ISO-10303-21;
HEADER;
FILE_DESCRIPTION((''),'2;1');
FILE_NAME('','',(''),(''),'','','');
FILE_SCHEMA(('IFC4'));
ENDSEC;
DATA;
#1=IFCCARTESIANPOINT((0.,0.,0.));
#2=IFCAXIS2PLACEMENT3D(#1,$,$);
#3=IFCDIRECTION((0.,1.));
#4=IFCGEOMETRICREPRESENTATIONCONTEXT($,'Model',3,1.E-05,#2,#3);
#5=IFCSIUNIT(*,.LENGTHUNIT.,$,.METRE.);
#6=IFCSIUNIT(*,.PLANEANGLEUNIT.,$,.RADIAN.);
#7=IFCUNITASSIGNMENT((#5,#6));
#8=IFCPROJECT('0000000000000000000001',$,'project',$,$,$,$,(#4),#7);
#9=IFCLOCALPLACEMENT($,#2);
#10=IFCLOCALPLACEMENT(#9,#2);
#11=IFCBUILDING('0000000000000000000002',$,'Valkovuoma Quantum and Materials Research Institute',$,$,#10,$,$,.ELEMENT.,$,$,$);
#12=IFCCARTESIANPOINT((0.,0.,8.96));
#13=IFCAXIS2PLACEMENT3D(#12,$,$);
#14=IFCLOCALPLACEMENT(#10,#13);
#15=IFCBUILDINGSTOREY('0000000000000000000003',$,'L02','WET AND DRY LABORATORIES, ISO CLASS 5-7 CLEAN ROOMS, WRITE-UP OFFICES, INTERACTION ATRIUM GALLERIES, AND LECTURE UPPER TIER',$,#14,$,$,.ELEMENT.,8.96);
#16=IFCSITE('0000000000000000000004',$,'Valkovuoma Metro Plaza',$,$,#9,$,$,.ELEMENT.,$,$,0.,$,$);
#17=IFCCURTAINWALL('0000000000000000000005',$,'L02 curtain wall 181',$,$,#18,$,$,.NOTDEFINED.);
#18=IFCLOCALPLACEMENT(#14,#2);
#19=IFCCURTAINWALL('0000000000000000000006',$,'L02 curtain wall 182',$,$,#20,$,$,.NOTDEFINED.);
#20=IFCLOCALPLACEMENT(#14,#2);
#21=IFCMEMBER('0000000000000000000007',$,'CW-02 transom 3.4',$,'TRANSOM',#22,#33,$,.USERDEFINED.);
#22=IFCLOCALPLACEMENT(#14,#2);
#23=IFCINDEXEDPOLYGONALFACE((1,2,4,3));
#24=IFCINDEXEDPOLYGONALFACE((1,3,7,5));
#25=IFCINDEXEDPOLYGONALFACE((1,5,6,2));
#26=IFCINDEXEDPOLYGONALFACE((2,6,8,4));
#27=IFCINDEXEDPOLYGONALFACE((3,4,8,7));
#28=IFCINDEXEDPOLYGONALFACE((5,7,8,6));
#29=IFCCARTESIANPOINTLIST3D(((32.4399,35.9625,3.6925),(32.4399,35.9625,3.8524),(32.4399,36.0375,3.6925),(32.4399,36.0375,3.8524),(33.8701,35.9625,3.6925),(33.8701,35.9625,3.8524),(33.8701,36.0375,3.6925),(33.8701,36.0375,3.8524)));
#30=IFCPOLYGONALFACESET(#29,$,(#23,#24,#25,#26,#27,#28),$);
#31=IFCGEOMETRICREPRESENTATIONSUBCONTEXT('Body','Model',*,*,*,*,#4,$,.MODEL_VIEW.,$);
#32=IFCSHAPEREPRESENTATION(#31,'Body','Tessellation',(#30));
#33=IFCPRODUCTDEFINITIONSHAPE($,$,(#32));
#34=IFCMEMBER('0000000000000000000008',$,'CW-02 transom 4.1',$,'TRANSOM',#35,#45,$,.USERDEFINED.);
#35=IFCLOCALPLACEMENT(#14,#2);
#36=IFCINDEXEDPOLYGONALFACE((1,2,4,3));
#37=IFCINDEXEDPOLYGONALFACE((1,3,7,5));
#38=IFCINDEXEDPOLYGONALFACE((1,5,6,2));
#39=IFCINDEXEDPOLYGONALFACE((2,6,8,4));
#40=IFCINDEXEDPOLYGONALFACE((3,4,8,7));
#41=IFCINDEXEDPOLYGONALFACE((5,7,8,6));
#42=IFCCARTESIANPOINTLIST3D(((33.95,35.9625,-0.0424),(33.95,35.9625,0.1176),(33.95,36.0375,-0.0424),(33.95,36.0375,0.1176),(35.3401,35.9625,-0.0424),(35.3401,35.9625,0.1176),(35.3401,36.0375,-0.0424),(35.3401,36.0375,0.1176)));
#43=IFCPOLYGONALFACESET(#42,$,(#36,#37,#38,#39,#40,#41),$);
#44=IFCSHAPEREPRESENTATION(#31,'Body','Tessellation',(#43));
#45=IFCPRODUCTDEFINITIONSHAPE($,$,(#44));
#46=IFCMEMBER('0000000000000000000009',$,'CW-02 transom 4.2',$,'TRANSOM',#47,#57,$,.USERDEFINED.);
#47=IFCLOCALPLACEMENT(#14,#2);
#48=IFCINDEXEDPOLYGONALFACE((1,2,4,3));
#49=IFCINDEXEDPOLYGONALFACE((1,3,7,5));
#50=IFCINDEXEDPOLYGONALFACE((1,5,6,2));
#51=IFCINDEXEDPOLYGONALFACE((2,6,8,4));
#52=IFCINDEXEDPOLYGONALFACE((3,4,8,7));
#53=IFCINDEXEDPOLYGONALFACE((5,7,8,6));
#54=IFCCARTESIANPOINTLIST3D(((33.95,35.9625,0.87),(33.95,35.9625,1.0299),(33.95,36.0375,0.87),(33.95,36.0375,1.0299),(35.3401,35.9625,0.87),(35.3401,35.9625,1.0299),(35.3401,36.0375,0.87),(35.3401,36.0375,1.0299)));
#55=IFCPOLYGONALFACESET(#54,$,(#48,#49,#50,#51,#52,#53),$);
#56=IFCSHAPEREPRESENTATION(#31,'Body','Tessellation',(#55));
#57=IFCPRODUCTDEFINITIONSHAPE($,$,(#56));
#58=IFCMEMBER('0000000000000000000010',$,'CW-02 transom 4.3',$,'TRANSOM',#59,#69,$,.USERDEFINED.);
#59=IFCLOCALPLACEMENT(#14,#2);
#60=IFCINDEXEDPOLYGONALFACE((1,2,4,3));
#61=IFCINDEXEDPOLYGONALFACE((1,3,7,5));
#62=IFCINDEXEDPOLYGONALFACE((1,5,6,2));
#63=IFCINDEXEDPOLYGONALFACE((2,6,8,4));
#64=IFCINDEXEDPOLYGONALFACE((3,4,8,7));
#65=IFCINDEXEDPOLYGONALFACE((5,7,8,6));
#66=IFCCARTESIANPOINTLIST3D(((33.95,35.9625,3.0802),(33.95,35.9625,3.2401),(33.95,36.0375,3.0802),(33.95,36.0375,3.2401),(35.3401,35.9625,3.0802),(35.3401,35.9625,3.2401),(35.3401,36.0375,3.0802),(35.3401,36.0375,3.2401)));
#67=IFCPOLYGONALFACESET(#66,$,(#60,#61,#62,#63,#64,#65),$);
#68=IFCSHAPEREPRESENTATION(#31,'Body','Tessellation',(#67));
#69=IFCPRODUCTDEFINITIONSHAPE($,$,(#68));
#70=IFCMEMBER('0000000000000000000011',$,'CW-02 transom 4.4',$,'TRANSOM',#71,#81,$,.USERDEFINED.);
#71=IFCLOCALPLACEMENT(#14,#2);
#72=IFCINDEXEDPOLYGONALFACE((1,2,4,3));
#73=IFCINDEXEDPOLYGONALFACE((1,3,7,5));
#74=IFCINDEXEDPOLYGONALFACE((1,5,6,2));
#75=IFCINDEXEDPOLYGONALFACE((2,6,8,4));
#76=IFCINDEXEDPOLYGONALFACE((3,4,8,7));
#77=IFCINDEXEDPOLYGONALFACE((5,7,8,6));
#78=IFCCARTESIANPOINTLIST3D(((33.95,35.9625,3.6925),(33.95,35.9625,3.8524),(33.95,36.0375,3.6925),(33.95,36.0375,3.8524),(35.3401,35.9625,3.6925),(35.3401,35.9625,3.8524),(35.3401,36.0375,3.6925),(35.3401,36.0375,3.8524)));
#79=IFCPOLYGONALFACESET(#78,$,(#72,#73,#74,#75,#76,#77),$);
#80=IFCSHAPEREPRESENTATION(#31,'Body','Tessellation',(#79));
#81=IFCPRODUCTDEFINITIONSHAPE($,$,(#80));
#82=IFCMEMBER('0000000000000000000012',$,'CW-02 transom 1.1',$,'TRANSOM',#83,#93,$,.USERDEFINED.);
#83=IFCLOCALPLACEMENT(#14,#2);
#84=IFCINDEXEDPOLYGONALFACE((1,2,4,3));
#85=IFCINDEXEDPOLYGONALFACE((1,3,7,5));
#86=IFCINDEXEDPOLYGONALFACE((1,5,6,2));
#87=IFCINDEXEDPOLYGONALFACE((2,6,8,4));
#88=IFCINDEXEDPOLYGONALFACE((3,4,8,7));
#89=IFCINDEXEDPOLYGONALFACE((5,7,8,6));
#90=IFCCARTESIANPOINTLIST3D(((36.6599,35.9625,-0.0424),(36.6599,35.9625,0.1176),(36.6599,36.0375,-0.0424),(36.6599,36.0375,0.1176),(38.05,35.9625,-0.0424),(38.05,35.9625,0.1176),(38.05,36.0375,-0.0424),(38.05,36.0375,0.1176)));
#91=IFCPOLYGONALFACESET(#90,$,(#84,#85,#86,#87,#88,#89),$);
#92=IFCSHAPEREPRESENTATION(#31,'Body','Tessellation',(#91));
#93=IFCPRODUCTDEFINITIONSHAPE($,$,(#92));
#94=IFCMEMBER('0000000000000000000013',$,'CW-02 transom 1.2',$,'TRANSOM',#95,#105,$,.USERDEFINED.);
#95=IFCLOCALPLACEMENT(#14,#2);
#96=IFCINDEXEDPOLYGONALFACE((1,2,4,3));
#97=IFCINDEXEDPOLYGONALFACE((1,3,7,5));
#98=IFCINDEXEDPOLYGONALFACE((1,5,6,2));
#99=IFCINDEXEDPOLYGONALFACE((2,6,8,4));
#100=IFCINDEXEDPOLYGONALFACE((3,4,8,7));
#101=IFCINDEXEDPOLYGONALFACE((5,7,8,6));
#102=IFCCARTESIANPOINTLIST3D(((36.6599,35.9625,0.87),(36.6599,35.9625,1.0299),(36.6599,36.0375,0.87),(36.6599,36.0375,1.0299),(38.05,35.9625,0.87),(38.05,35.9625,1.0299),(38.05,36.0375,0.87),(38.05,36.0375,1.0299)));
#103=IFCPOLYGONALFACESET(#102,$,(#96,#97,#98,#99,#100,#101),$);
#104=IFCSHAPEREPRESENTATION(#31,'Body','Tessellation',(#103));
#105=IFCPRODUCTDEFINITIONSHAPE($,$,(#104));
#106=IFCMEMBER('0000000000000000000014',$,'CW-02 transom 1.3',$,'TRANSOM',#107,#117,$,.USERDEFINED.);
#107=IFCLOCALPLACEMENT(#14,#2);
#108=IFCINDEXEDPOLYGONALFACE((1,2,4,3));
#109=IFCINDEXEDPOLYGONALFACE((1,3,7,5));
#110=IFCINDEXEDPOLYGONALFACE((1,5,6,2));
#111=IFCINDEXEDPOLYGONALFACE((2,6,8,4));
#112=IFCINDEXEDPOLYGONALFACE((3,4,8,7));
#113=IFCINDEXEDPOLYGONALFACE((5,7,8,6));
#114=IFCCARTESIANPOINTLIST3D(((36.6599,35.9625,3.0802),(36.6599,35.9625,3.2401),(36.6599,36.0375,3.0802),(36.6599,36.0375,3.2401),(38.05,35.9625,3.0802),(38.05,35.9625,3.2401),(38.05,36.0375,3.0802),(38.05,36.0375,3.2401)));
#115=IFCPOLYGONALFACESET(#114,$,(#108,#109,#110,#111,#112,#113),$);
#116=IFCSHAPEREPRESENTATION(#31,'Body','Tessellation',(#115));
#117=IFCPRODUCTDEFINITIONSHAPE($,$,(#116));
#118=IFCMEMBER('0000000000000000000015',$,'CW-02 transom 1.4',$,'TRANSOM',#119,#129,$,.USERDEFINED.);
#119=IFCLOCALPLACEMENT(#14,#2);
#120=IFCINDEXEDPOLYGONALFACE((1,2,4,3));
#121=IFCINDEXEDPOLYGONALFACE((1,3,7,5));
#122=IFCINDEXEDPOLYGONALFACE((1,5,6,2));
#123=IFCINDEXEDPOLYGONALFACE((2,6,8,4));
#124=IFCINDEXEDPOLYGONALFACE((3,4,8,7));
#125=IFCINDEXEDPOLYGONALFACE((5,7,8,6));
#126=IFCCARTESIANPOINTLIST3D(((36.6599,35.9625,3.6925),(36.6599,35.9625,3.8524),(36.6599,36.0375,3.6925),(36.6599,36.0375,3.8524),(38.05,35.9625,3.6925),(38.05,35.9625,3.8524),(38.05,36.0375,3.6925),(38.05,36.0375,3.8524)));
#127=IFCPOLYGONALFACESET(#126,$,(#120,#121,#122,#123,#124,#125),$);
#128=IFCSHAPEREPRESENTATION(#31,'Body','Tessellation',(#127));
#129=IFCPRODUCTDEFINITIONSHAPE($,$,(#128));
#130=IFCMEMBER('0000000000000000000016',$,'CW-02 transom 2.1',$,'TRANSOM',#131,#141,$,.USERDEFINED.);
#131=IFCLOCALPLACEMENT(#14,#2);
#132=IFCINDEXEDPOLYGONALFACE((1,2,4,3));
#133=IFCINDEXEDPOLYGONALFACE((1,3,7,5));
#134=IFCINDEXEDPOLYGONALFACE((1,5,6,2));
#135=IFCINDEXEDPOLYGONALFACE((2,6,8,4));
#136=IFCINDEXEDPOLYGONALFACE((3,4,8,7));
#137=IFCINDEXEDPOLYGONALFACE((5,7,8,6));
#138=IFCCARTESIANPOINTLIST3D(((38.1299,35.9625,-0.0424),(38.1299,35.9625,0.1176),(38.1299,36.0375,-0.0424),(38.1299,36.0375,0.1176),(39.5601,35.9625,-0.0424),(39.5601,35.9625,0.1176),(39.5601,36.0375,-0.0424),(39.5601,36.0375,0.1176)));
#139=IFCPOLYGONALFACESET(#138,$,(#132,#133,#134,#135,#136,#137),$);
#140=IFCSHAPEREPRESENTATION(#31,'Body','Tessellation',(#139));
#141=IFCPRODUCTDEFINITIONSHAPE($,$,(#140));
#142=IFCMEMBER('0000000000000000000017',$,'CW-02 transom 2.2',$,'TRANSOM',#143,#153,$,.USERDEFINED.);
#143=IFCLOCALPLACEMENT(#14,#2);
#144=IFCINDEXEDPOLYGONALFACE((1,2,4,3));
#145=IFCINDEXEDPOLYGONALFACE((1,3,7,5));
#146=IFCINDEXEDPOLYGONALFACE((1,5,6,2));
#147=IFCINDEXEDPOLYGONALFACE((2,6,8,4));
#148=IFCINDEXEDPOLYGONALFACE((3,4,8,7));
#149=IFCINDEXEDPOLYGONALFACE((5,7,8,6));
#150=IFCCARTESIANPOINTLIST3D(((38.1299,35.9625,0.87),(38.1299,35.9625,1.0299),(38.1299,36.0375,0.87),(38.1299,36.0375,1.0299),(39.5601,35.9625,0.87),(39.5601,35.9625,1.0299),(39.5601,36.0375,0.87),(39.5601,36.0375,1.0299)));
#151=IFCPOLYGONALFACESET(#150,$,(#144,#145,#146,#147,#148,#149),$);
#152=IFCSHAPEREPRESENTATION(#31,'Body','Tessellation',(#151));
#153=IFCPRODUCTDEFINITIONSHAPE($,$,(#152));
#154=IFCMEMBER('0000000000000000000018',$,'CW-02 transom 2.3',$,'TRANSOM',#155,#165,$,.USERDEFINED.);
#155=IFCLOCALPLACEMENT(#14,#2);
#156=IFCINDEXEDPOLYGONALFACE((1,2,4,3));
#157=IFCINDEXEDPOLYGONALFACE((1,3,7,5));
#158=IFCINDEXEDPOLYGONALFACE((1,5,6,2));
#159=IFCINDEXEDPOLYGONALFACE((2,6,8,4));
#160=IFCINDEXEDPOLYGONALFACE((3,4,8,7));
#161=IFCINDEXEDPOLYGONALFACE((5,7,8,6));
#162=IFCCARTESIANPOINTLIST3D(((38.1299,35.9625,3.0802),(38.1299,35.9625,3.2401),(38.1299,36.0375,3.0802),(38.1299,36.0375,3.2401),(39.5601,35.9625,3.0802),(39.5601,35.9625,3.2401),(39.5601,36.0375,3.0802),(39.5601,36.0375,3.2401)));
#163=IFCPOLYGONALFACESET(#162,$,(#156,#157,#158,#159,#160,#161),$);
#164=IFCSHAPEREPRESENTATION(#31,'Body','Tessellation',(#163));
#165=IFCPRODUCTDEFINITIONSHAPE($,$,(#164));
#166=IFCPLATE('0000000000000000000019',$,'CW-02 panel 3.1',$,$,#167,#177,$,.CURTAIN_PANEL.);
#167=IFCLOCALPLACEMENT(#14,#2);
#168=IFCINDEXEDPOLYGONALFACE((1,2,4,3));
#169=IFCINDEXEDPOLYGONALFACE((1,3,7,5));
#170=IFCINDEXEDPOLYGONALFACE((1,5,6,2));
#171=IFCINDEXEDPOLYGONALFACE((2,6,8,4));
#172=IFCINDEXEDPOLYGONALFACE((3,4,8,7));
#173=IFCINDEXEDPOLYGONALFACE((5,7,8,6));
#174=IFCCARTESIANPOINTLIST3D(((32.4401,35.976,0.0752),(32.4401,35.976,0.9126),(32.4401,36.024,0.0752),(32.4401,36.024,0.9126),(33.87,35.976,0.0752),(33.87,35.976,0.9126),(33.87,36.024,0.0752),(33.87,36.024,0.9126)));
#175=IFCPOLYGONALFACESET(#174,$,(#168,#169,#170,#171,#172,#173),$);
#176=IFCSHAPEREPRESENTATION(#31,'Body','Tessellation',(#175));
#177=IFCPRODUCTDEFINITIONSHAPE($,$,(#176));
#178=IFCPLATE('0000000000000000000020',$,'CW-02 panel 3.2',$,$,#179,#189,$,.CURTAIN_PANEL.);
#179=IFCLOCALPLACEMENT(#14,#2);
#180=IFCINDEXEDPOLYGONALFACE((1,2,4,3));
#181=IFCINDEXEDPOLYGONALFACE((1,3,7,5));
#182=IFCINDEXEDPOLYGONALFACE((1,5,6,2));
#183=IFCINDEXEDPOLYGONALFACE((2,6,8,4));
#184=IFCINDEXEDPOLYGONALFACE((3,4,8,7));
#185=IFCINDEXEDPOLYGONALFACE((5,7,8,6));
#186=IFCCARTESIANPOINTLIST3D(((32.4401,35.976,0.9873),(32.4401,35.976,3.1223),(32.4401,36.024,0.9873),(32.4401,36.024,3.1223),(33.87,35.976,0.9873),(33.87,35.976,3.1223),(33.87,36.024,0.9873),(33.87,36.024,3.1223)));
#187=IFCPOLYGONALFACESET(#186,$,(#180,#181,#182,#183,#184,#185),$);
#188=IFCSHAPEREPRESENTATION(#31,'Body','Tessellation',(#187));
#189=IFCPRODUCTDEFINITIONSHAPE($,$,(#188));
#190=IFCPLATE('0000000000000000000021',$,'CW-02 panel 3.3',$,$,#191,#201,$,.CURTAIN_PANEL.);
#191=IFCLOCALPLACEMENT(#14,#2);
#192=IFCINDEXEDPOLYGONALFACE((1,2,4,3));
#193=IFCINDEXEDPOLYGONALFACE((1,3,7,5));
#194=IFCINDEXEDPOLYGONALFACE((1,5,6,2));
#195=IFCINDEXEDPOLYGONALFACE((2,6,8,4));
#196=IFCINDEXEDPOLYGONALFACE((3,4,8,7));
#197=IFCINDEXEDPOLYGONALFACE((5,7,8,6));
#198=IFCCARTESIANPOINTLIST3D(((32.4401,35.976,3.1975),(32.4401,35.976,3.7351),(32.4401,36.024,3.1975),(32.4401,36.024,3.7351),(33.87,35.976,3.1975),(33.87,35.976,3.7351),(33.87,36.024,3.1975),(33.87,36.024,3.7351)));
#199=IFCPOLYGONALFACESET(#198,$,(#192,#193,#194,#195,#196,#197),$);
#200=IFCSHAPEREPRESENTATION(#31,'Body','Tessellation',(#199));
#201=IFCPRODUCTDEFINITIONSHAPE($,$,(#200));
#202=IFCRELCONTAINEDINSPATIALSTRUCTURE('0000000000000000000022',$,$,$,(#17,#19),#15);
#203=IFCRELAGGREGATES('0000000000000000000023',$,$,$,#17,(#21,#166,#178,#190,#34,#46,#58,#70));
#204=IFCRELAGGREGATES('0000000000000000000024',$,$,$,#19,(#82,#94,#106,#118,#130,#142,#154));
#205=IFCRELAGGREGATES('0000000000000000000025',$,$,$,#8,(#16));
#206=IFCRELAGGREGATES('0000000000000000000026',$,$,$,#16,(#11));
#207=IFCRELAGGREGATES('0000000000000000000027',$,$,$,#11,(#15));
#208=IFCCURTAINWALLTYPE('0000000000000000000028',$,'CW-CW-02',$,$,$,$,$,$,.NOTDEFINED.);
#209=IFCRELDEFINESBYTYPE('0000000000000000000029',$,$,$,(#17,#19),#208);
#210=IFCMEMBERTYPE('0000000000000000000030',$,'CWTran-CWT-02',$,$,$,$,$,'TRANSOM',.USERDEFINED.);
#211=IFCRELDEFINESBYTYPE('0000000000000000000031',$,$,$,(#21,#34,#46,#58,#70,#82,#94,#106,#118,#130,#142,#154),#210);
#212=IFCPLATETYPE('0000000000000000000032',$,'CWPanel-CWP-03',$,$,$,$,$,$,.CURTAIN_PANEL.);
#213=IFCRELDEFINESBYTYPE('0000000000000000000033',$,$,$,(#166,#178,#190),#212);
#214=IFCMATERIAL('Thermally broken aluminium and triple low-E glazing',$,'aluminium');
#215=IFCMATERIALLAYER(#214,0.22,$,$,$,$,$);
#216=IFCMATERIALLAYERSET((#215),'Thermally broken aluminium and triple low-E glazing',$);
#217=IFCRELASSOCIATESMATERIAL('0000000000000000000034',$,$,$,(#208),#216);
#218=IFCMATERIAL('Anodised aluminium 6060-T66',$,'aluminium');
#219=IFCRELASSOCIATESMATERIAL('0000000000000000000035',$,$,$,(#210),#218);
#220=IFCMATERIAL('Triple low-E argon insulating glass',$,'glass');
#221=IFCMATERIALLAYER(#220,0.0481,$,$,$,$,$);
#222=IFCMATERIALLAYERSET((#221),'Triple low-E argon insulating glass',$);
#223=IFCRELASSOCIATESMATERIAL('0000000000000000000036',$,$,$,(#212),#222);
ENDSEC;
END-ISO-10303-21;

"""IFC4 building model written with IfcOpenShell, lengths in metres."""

from ifc_helpers import new_model, si_unit, direction, frame, origin, origin_2d, place, context, subcontext, project, spatial, rectangle, extrude, material, layer, layer_set, material_profile, profile_set, type_object, element, aggregate, save


model = new_model("IFC4")

# Units and contexts
model_context = context("Model", 3, precision=1e-05, world=origin(), true_north=direction((0.0, 1.0)))
body_context = subcontext(model_context, "Body", "Model", "MODEL_VIEW")
ifc_project = project(units=[si_unit("LENGTHUNIT", "METRE"), si_unit("PLANEANGLEUNIT", "RADIAN")], contexts=[model_context])

# Site, building, storey
site_placement = place(None, origin())
site = spatial("IfcSite", under=ifc_project, at=site_placement, Name="Valkovuoma Metro Plaza", CompositionType="ELEMENT", RefElevation=0.0)
building_placement = place(site_placement, origin())
building = spatial("IfcBuilding", under=site, at=building_placement, Name="Valkovuoma Quantum and Materials Research Institute", CompositionType="ELEMENT")
storey_placement = place(building_placement, frame((0.0, 0.0, 8.96)))
storey = spatial("IfcBuildingStorey", under=building, at=storey_placement, Name="L02", Description="WET AND DRY LABORATORIES, ISO CLASS 5-7 CLEAN ROOMS, WRITE-UP OFFICES, INTERACTION ATRIUM GALLERIES, AND LECTURE UPPER TIER", CompositionType="ELEMENT", Elevation=8.96)

# Curtain walls
ifc_material_1 = material(Name="Thermally broken aluminium and triple low-E glazing", Category="aluminium")
ifc_layer_1 = layer(ifc_material_1, 0.22)
ifc_layer_set_1 = layer_set([ifc_layer_1], Name="Thermally broken aluminium and triple low-E glazing")
curtain_wall_type = type_object("IfcCurtainWallType", Name="CW-CW-02", PredefinedType="NOTDEFINED", material=ifc_layer_set_1)
curtain_wall_1_placement = place(storey_placement, origin())
curtain_wall_1 = element("IfcCurtainWall", 1, at=curtain_wall_1_placement, inside=storey, type_object=curtain_wall_type, Name="L02 curtain wall 181", PredefinedType="NOTDEFINED")
curtain_wall_2_placement = place(storey_placement, origin())
curtain_wall_2 = element("IfcCurtainWall", 2, at=curtain_wall_2_placement, inside=storey, type_object=curtain_wall_type, Name="L02 curtain wall 182", PredefinedType="NOTDEFINED")

# Members
ifc_material_2 = material(Name="Anodised aluminium 6060-T66", Category="aluminium")
ifc_material_profile_1 = material_profile(ifc_material_2, rectangle(XDim=0.075, YDim=0.1599, at=origin_2d()), Name="Anodised aluminium 6060-T66")
ifc_profile_set_1 = profile_set([ifc_material_profile_1], Name="Anodised aluminium 6060-T66")
member_type_1 = type_object("IfcMemberType", Name="CWTran-CWT-02", ElementType="TRANSOM", PredefinedType="USERDEFINED", material=ifc_profile_set_1)
member_1_placement = place(storey_placement, frame((32.4399, 36.0, 3.7725), z_axis=(1.0, 0.0, 0.0), x_axis=(0.0, 1.0, 0.0)))
member_1 = element("IfcMember", 3, at=member_1_placement, type_object=member_type_1, Name="CW-02 transom 3.4", ObjectType="TRANSOM", PredefinedType="USERDEFINED", context=body_context, shape_type="SweptSolid", body=[
    extrude(rectangle(XDim=0.075, YDim=0.1599, at=origin_2d()), origin(), (0.0, 0.0, 1.0), 1.4302),
])
member_2_placement = place(storey_placement, frame((33.95, 36.0, 0.0376), z_axis=(1.0, 0.0, 0.0), x_axis=(0.0, 1.0, 0.0)))
member_2 = element("IfcMember", 4, at=member_2_placement, type_object=member_type_1, Name="CW-02 transom 4.1", ObjectType="TRANSOM", PredefinedType="USERDEFINED", context=body_context, shape_type="SweptSolid", body=[
    extrude(rectangle(XDim=0.075, YDim=0.1599, at=origin_2d()), origin(), (0.0, 0.0, 1.0), 1.3901),
])
member_3_placement = place(storey_placement, frame((33.95, 36.0, 0.95), z_axis=(1.0, 0.0, 0.0), x_axis=(0.0, 1.0, 0.0)))
member_3 = element("IfcMember", 5, at=member_3_placement, type_object=member_type_1, Name="CW-02 transom 4.2", ObjectType="TRANSOM", PredefinedType="USERDEFINED", context=body_context, shape_type="SweptSolid", body=[
    extrude(rectangle(XDim=0.075, YDim=0.1599, at=origin_2d()), origin(), (0.0, 0.0, 1.0), 1.3901),
])
member_4_placement = place(storey_placement, frame((33.95, 36.0, 3.1602), z_axis=(1.0, 0.0, 0.0), x_axis=(0.0, 1.0, 0.0)))
member_4 = element("IfcMember", 6, at=member_4_placement, type_object=member_type_1, Name="CW-02 transom 4.3", ObjectType="TRANSOM", PredefinedType="USERDEFINED", context=body_context, shape_type="SweptSolid", body=[
    extrude(rectangle(XDim=0.075, YDim=0.1599, at=origin_2d()), origin(), (0.0, 0.0, 1.0), 1.3901),
])
member_5_placement = place(storey_placement, frame((33.95, 36.0, 3.7725), z_axis=(1.0, 0.0, 0.0), x_axis=(0.0, 1.0, 0.0)))
member_5 = element("IfcMember", 7, at=member_5_placement, type_object=member_type_1, Name="CW-02 transom 4.4", ObjectType="TRANSOM", PredefinedType="USERDEFINED", context=body_context, shape_type="SweptSolid", body=[
    extrude(rectangle(XDim=0.075, YDim=0.1599, at=origin_2d()), origin(), (0.0, 0.0, 1.0), 1.3901),
])
member_6_placement = place(storey_placement, frame((36.6599, 36.0, 0.0376), z_axis=(1.0, 0.0, 0.0), x_axis=(0.0, 1.0, 0.0)))
member_6 = element("IfcMember", 8, at=member_6_placement, type_object=member_type_1, Name="CW-02 transom 1.1", ObjectType="TRANSOM", PredefinedType="USERDEFINED", context=body_context, shape_type="SweptSolid", body=[
    extrude(rectangle(XDim=0.075, YDim=0.1599, at=origin_2d()), origin(), (0.0, 0.0, 1.0), 1.3901),
])
member_7_placement = place(storey_placement, frame((36.6599, 36.0, 0.95), z_axis=(1.0, 0.0, 0.0), x_axis=(0.0, 1.0, 0.0)))
member_7 = element("IfcMember", 9, at=member_7_placement, type_object=member_type_1, Name="CW-02 transom 1.2", ObjectType="TRANSOM", PredefinedType="USERDEFINED", context=body_context, shape_type="SweptSolid", body=[
    extrude(rectangle(XDim=0.075, YDim=0.1599, at=origin_2d()), origin(), (0.0, 0.0, 1.0), 1.3901),
])
member_8_placement = place(storey_placement, frame((36.6599, 36.0, 3.1602), z_axis=(1.0, 0.0, 0.0), x_axis=(0.0, 1.0, 0.0)))
member_8 = element("IfcMember", 10, at=member_8_placement, type_object=member_type_1, Name="CW-02 transom 1.3", ObjectType="TRANSOM", PredefinedType="USERDEFINED", context=body_context, shape_type="SweptSolid", body=[
    extrude(rectangle(XDim=0.075, YDim=0.1599, at=origin_2d()), origin(), (0.0, 0.0, 1.0), 1.3901),
])
member_9_placement = place(storey_placement, frame((36.6599, 36.0, 3.7725), z_axis=(1.0, 0.0, 0.0), x_axis=(0.0, 1.0, 0.0)))
member_9 = element("IfcMember", 11, at=member_9_placement, type_object=member_type_1, Name="CW-02 transom 1.4", ObjectType="TRANSOM", PredefinedType="USERDEFINED", context=body_context, shape_type="SweptSolid", body=[
    extrude(rectangle(XDim=0.075, YDim=0.1599, at=origin_2d()), origin(), (0.0, 0.0, 1.0), 1.3901),
])
member_10_placement = place(storey_placement, frame((38.1299, 36.0, 0.0376), z_axis=(1.0, 0.0, 0.0), x_axis=(0.0, 1.0, 0.0)))
member_10 = element("IfcMember", 12, at=member_10_placement, type_object=member_type_1, Name="CW-02 transom 2.1", ObjectType="TRANSOM", PredefinedType="USERDEFINED", context=body_context, shape_type="SweptSolid", body=[
    extrude(rectangle(XDim=0.075, YDim=0.1599, at=origin_2d()), origin(), (0.0, 0.0, 1.0), 1.4302),
])
member_11_placement = place(storey_placement, frame((38.1299, 36.0, 0.95), z_axis=(1.0, 0.0, 0.0), x_axis=(0.0, 1.0, 0.0)))
member_11 = element("IfcMember", 13, at=member_11_placement, type_object=member_type_1, Name="CW-02 transom 2.2", ObjectType="TRANSOM", PredefinedType="USERDEFINED", context=body_context, shape_type="SweptSolid", body=[
    extrude(rectangle(XDim=0.075, YDim=0.1599, at=origin_2d()), origin(), (0.0, 0.0, 1.0), 1.4302),
])
member_12_placement = place(storey_placement, frame((38.1299, 36.0, 3.1602), z_axis=(1.0, 0.0, 0.0), x_axis=(0.0, 1.0, 0.0)))
member_12 = element("IfcMember", 14, at=member_12_placement, type_object=member_type_1, Name="CW-02 transom 2.3", ObjectType="TRANSOM", PredefinedType="USERDEFINED", context=body_context, shape_type="SweptSolid", body=[
    extrude(rectangle(XDim=0.075, YDim=0.1599, at=origin_2d()), origin(), (0.0, 0.0, 1.0), 1.4302),
])

# Plates
ifc_material_3 = material(Name="Triple low-E argon insulating glass", Category="glass")
ifc_layer_2 = layer(ifc_material_3, 0.0481)
ifc_layer_set_2 = layer_set([ifc_layer_2], Name="Triple low-E argon insulating glass")
plate_type = type_object("IfcPlateType", Name="CWPanel-CWP-03", PredefinedType="CURTAIN_PANEL", material=ifc_layer_set_2)
plate_1_placement = place(storey_placement, frame((33.155, 36.0, 0.0752), z_axis=(0.0, 0.0, 1.0), x_axis=(1.0, 0.0, 0.0)))
plate_1 = element("IfcPlate", 15, at=plate_1_placement, type_object=plate_type, Name="CW-02 panel 3.1", PredefinedType="CURTAIN_PANEL", context=body_context, shape_type="SweptSolid", body=[
    extrude(rectangle(XDim=1.4299, YDim=0.0481, at=origin_2d()), origin(), (0.0, 0.0, 1.0), 0.8374),
])
plate_2_placement = place(storey_placement, frame((33.155, 36.0, 0.9873), z_axis=(0.0, 0.0, 1.0), x_axis=(1.0, 0.0, 0.0)))
plate_2 = element("IfcPlate", 16, at=plate_2_placement, type_object=plate_type, Name="CW-02 panel 3.2", PredefinedType="CURTAIN_PANEL", context=body_context, shape_type="SweptSolid", body=[
    extrude(rectangle(XDim=1.4299, YDim=0.0481, at=origin_2d()), origin(), (0.0, 0.0, 1.0), 2.135),
])
plate_3_placement = place(storey_placement, frame((33.155, 36.0, 3.1975), z_axis=(0.0, 0.0, 1.0), x_axis=(1.0, 0.0, 0.0)))
plate_3 = element("IfcPlate", 17, at=plate_3_placement, type_object=plate_type, Name="CW-02 panel 3.3", PredefinedType="CURTAIN_PANEL", context=body_context, shape_type="SweptSolid", body=[
    extrude(rectangle(XDim=1.4299, YDim=0.0481, at=origin_2d()), origin(), (0.0, 0.0, 1.0), 0.5376),
])
aggregate(curtain_wall_1, [member_1, plate_1, plate_2, plate_3, member_2, member_3, member_4, member_5])
aggregate(curtain_wall_2, [member_6, member_7, member_8, member_9, member_10, member_11, member_12])

save(model, "model.ifc")
